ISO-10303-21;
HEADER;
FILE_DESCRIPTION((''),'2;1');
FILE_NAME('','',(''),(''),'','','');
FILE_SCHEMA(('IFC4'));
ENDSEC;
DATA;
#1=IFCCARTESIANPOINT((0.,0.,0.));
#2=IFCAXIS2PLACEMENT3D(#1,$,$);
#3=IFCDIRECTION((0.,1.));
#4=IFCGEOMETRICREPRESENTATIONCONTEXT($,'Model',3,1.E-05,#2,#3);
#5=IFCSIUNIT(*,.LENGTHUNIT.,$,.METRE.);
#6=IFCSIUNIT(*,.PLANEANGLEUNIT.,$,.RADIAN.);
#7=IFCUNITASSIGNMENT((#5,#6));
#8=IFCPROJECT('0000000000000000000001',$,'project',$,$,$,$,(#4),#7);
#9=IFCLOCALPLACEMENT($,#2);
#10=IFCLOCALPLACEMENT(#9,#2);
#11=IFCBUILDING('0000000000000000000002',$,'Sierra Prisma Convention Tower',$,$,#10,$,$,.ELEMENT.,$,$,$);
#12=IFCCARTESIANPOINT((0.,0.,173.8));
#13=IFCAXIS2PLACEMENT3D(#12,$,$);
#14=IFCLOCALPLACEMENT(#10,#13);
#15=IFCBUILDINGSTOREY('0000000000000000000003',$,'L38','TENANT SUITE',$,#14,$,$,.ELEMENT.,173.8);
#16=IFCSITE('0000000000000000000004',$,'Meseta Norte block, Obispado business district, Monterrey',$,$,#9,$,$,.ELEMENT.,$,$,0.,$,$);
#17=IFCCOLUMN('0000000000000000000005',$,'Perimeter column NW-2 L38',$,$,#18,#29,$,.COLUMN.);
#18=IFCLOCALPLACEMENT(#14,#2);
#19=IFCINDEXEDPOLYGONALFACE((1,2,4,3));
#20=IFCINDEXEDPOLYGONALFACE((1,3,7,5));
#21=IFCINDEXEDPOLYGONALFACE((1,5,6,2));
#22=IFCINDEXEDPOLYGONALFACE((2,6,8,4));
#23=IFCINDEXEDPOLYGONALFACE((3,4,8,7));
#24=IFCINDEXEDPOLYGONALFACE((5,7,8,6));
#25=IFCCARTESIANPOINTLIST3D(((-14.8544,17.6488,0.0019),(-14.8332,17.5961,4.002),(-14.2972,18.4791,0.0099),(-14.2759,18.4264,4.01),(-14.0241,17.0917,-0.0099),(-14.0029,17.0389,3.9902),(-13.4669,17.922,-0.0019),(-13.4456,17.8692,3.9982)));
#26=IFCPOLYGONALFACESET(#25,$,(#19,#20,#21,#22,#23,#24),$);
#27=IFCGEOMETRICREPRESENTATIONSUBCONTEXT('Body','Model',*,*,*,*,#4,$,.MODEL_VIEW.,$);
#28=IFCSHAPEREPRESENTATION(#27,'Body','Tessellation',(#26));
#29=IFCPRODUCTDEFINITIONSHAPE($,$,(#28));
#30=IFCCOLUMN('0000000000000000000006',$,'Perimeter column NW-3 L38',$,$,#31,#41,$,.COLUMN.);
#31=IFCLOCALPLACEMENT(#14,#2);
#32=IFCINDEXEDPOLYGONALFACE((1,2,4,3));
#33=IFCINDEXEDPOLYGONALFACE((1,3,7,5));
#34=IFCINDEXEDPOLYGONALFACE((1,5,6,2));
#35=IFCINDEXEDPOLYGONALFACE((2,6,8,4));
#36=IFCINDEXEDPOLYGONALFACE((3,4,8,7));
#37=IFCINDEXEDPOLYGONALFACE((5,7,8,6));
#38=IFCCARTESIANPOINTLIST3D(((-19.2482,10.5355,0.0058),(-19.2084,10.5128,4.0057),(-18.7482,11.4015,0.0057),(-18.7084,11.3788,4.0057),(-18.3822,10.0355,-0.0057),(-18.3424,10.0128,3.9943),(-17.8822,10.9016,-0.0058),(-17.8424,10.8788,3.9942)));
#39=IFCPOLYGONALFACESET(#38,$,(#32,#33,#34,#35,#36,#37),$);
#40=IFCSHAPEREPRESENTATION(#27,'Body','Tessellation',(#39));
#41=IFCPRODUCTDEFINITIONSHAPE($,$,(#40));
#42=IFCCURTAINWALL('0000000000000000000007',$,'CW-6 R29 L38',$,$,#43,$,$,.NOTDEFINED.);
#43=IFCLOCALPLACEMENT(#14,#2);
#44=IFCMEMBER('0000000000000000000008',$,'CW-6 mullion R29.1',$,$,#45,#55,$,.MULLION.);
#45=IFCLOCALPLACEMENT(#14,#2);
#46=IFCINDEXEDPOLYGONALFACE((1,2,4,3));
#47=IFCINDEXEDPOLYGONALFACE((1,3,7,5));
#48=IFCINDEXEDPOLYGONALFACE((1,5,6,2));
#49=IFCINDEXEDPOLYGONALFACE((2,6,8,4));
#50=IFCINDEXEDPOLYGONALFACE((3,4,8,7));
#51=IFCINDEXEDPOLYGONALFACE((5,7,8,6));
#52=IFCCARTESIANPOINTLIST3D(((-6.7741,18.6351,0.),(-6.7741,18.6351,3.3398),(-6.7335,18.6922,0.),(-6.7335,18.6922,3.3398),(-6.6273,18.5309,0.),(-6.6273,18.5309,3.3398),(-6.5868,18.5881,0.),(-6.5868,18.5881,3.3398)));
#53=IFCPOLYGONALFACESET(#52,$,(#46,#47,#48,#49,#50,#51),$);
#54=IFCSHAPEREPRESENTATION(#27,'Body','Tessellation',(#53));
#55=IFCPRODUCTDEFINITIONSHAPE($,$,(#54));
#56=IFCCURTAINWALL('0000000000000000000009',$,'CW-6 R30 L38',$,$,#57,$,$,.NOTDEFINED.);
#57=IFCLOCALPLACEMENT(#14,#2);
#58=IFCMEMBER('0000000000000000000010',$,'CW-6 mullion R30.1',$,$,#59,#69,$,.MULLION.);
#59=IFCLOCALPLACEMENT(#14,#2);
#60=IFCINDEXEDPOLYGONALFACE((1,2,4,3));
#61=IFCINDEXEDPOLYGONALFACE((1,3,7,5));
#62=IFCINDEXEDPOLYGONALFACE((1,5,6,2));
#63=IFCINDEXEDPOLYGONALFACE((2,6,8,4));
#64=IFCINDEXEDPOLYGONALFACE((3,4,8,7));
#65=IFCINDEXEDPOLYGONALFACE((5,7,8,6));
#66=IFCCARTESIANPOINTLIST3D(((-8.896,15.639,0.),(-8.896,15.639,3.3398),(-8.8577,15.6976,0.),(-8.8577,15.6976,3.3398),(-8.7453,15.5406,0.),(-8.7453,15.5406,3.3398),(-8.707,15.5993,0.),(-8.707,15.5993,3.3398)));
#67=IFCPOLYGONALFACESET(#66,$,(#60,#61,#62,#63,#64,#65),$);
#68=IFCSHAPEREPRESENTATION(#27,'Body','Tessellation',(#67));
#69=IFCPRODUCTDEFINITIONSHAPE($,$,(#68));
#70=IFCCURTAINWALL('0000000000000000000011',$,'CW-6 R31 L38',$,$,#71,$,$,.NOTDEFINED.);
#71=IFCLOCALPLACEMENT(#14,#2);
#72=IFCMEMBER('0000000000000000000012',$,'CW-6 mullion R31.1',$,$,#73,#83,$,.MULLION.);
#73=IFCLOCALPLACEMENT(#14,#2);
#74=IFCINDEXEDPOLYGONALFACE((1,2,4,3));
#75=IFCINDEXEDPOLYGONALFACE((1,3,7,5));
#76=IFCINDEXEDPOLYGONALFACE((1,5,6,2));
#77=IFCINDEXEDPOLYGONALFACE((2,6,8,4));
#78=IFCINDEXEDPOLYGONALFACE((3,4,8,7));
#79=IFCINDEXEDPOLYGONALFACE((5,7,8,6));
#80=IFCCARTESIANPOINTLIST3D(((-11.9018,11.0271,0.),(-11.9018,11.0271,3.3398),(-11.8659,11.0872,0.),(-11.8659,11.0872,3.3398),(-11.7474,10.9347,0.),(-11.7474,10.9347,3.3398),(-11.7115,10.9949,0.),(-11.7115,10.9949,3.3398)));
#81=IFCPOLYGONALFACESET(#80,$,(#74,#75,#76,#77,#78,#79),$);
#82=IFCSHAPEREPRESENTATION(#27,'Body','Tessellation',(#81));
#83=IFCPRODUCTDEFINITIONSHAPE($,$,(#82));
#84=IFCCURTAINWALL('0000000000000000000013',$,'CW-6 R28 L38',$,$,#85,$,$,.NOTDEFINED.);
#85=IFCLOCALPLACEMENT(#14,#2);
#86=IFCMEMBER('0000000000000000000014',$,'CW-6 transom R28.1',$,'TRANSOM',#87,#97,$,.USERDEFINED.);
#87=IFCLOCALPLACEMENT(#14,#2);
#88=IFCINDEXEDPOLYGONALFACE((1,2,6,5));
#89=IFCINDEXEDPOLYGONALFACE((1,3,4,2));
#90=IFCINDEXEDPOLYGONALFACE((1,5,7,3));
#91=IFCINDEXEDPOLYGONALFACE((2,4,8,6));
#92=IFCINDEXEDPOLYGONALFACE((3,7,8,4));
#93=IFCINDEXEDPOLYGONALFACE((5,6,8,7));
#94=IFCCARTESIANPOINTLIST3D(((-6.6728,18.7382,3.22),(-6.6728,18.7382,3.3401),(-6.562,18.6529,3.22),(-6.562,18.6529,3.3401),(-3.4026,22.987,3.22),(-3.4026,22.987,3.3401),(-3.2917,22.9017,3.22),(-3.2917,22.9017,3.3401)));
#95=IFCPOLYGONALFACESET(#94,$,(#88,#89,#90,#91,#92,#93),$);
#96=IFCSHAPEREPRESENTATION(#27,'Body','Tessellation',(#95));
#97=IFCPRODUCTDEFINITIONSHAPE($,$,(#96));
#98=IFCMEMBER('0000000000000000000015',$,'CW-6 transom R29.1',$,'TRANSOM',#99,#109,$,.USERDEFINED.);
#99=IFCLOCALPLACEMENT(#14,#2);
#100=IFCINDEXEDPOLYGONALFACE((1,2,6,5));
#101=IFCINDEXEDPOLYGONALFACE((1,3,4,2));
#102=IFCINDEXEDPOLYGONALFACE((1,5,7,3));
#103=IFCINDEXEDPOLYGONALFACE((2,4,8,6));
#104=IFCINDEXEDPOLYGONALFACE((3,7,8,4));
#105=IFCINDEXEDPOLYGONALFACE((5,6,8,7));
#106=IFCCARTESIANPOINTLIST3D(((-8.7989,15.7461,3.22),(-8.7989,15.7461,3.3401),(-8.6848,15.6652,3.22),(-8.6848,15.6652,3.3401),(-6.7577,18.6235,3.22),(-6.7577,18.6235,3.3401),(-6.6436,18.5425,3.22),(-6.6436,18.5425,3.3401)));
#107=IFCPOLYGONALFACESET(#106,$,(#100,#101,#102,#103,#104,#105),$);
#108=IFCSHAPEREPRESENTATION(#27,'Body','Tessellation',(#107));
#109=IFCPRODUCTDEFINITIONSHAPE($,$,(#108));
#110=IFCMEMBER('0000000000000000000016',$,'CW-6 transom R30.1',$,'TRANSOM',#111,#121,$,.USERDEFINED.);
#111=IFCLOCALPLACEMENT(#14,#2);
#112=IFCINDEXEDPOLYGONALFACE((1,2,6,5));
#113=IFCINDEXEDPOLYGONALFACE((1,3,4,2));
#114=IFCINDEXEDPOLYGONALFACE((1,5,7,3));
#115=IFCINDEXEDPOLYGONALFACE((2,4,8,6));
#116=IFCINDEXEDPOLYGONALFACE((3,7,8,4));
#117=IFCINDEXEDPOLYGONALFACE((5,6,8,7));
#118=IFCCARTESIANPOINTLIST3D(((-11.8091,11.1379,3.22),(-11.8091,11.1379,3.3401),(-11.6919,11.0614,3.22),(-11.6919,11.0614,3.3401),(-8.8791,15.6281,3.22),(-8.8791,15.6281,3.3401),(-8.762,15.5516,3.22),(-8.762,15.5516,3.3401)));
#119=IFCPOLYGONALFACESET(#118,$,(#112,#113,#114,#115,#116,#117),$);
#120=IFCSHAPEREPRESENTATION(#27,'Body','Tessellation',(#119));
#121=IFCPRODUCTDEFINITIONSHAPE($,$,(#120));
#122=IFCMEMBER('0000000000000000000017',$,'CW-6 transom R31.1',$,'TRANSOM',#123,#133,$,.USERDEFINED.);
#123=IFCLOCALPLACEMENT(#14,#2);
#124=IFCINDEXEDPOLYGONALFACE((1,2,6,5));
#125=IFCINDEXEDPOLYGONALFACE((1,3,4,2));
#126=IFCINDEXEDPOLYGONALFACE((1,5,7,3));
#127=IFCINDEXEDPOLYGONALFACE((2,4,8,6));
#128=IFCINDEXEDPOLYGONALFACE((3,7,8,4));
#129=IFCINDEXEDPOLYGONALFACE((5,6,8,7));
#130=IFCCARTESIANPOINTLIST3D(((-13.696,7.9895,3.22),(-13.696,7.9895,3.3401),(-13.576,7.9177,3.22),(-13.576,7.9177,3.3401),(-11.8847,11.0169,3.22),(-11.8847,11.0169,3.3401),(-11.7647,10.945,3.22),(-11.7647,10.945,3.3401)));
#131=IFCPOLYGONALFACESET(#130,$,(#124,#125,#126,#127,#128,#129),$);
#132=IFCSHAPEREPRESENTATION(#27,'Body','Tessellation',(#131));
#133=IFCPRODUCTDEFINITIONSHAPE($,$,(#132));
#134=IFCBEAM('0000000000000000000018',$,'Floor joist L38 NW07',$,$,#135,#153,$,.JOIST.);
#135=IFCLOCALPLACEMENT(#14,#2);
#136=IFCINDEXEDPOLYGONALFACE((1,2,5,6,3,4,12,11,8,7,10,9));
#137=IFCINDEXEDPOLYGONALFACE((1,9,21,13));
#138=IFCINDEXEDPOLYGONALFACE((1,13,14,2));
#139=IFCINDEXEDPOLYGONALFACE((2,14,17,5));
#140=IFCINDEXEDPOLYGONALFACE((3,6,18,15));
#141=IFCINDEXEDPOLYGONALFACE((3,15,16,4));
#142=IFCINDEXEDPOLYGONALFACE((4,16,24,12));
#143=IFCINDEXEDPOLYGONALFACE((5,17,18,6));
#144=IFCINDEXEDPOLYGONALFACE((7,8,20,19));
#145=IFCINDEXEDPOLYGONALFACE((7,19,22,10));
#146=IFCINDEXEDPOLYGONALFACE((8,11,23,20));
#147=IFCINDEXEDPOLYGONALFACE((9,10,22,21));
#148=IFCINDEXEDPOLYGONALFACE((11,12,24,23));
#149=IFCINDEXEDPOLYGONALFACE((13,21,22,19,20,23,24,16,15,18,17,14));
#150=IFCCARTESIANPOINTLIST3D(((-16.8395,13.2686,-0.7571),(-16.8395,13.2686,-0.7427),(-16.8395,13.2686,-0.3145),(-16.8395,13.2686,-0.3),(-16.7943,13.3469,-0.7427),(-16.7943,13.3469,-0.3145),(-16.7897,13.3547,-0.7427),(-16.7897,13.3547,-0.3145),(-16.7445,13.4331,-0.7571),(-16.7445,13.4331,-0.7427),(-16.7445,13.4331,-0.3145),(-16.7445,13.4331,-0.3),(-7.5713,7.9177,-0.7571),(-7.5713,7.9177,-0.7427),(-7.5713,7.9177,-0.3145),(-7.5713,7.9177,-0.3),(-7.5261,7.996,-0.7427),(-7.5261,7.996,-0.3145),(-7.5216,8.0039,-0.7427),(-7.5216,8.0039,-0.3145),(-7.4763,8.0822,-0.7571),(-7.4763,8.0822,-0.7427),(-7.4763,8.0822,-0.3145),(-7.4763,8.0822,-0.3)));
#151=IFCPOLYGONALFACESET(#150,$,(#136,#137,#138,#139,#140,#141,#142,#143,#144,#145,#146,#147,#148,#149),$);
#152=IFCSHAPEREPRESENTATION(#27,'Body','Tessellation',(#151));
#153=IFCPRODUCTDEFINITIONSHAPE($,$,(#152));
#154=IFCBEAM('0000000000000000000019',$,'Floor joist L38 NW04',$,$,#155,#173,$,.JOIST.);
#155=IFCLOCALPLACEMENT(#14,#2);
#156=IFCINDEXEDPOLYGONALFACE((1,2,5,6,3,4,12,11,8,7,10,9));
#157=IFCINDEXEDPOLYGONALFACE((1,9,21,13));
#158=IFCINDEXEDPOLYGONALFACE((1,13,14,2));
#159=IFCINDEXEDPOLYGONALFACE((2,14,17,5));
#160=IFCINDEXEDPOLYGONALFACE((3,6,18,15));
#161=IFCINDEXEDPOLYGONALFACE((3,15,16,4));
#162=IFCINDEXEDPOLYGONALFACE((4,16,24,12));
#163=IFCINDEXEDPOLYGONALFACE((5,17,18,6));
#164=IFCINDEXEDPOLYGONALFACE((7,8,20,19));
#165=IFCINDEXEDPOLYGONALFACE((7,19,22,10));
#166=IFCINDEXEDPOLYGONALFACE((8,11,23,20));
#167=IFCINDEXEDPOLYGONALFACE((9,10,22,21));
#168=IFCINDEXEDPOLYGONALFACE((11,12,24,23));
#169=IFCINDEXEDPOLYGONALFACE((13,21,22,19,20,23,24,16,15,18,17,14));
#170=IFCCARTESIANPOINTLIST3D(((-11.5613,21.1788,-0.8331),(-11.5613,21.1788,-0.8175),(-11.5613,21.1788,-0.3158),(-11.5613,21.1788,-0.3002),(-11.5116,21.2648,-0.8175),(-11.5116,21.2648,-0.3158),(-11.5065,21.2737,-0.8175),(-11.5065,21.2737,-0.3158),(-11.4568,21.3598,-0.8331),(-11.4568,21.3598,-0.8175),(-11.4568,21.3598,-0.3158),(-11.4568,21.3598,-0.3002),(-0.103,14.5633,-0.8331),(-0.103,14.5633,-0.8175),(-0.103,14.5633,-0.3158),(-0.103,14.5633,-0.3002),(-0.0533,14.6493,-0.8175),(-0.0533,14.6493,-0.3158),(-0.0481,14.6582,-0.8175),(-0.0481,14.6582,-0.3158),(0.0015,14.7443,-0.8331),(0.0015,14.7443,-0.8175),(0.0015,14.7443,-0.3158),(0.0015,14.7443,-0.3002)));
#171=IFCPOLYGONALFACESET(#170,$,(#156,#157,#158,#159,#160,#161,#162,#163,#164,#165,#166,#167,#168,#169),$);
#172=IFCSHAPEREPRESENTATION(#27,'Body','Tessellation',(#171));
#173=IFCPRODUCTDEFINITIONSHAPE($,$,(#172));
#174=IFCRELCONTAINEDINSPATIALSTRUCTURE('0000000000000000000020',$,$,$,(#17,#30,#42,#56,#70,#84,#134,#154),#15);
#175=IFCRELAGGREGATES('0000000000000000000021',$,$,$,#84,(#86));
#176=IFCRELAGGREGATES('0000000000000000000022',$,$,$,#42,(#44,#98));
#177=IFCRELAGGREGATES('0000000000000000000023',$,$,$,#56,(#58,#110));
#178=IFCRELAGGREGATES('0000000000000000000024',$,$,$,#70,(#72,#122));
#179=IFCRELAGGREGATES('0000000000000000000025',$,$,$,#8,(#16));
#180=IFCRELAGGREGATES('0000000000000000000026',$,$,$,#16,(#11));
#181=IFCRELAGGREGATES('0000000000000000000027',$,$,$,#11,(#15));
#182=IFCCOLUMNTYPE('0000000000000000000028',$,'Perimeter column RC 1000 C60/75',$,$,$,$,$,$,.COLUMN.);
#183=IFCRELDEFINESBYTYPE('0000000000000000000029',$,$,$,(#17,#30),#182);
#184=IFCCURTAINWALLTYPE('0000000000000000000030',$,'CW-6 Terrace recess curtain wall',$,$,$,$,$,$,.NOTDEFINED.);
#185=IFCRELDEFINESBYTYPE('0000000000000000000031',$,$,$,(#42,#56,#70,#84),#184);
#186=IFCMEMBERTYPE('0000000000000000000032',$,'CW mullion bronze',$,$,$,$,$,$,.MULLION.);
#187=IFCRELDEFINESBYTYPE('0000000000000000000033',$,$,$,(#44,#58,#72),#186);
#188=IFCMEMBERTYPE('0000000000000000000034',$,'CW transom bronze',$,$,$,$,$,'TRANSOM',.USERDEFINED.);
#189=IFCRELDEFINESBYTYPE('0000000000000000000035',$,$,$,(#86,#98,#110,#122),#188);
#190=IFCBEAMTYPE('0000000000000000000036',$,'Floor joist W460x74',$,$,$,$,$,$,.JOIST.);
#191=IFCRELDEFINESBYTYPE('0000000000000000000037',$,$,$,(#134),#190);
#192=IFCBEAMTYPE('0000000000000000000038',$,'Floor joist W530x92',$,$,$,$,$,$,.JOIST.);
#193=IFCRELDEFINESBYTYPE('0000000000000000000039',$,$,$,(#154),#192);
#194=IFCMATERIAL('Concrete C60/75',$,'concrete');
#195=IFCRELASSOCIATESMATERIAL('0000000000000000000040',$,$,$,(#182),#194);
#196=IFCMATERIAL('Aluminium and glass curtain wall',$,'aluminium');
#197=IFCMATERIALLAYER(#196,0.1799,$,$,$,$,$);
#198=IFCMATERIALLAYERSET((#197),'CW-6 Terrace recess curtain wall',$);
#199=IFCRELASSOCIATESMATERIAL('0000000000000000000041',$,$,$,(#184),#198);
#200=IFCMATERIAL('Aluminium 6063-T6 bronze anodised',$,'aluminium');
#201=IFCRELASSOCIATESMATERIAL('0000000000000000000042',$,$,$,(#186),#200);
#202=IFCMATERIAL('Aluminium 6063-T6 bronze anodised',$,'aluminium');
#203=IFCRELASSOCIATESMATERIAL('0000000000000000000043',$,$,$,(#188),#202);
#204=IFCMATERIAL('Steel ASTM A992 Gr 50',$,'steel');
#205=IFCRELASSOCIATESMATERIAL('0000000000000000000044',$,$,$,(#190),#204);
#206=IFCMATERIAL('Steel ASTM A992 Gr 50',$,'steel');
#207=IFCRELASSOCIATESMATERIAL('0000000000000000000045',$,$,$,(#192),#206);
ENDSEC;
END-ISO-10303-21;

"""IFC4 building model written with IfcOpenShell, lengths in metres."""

from ifc_helpers import new_model, si_unit, direction, frame, origin, origin_2d, place, context, subcontext, project, spatial, rectangle, i_section, extrude, material, layer, layer_set, material_profile, profile_set, type_object, element, aggregate, save


model = new_model("IFC4")

# Units and contexts
model_context = context("Model", 3, precision=1e-05, world=origin(), true_north=direction((0.0, 1.0)))
body_context = subcontext(model_context, "Body", "Model", "MODEL_VIEW")
ifc_project = project(units=[si_unit("LENGTHUNIT", "METRE"), si_unit("PLANEANGLEUNIT", "RADIAN")], contexts=[model_context])

# Site, building, storey
site_placement = place(None, origin())
site = spatial("IfcSite", under=ifc_project, at=site_placement, Name="Meseta Norte block, Obispado business district, Monterrey", CompositionType="ELEMENT", RefElevation=0.0)
building_placement = place(site_placement, origin())
building = spatial("IfcBuilding", under=site, at=building_placement, Name="Sierra Prisma Convention Tower", CompositionType="ELEMENT")
storey_placement = place(building_placement, frame((0.0, 0.0, 173.8)))
storey = spatial("IfcBuildingStorey", under=building, at=storey_placement, Name="L38", Description="TENANT SUITE", CompositionType="ELEMENT", Elevation=173.8)

# Columns
ifc_material_1 = material(Name="Concrete C60/75", Category="concrete")
ifc_material_profile_1 = material_profile(ifc_material_1, rectangle(XDim=1.0, YDim=1.0, at=origin_2d()), Name="Perimeter column RC 1000 C60/75")
ifc_profile_set_1 = profile_set([ifc_material_profile_1], Name="Concrete C60/75")
column_type = type_object("IfcColumnType", Name="Perimeter column RC 1000 C60/75", PredefinedType="COLUMN", material=ifc_profile_set_1)
column_1_placement = place(storey_placement, frame((-14.1606, 17.7854, 0.0), z_axis=(0.00531, -0.013182, 0.999899), x_axis=(0.557261, 0.830299, 0.007987)))
element("IfcColumn", 1, at=column_1_placement, inside=storey, type_object=column_type, Name="Perimeter column NW-2 L38", PredefinedType="COLUMN", context=body_context, shape_type="SweptSolid", body=[
    extrude(rectangle(XDim=1.0, YDim=1.0, at=origin_2d()), origin(), (0.0, 0.0, 1.0), 4.0005),
])
column_2_placement = place(storey_placement, frame((-18.5652, 10.7185, 0.0), z_axis=(0.009948, -0.005676, 0.999934), x_axis=(0.499975, 0.86604, -0.000058)))
element("IfcColumn", 2, at=column_2_placement, inside=storey, type_object=column_type, Name="Perimeter column NW-3 L38", PredefinedType="COLUMN", context=body_context, shape_type="SweptSolid", body=[
    extrude(rectangle(XDim=1.0, YDim=1.0, at=origin_2d()), origin(), (0.0, 0.0, 1.0), 4.0002),
])

# Curtain walls, members
ifc_material_2 = material(Name="Aluminium and glass curtain wall", Category="aluminium")
ifc_layer_1 = layer(ifc_material_2, 0.1799)
ifc_layer_set_1 = layer_set([ifc_layer_1], Name="CW-6 Terrace recess curtain wall")
curtain_wall_type = type_object("IfcCurtainWallType", Name="CW-6 Terrace recess curtain wall", PredefinedType="NOTDEFINED", material=ifc_layer_set_1)
curtain_wall_1_placement = place(storey_placement, origin())
curtain_wall_1 = element("IfcCurtainWall", 3, at=curtain_wall_1_placement, inside=storey, type_object=curtain_wall_type, Name="CW-6 R29 L38", PredefinedType="NOTDEFINED")
ifc_material_3 = material(Name="Aluminium 6063-T6 bronze anodised", Category="aluminium")
ifc_material_profile_2 = material_profile(ifc_material_3, rectangle(XDim=0.1799, YDim=0.0701, at=origin_2d()), Name="ALU MULLION 70x180")
ifc_profile_set_2 = profile_set([ifc_material_profile_2], Name="Aluminium 6063-T6 bronze anodised")
member_type_1 = type_object("IfcMemberType", Name="CW mullion bronze", PredefinedType="MULLION", material=ifc_profile_set_2)
member_1_placement = place(storey_placement, frame((-6.6804, 18.6116, 0.0), z_axis=(0.0, 0.0, 1.0), x_axis=(0.815589, -0.578632, 0.0)))
member_1 = element("IfcMember", 4, at=member_1_placement, type_object=member_type_1, Name="CW-6 mullion R29.1", PredefinedType="MULLION", context=body_context, shape_type="SweptSolid", body=[
    extrude(rectangle(XDim=0.1799, YDim=0.0701, at=origin_2d()), origin(), (0.0, 0.0, 1.0), 3.3398),
])
curtain_wall_2_placement = place(storey_placement, origin())
curtain_wall_2 = element("IfcCurtainWall", 5, at=curtain_wall_2_placement, inside=storey, type_object=curtain_wall_type, Name="CW-6 R30 L38", PredefinedType="NOTDEFINED")
member_2_placement = place(storey_placement, frame((-8.8015, 15.6191, 0.0), z_axis=(0.0, 0.0, 1.0), x_axis=(0.837496, -0.546444, 0.0)))
member_2 = element("IfcMember", 6, at=member_2_placement, type_object=member_type_1, Name="CW-6 mullion R30.1", PredefinedType="MULLION", context=body_context, shape_type="SweptSolid", body=[
    extrude(rectangle(XDim=0.1799, YDim=0.0701, at=origin_2d()), origin(), (0.0, 0.0, 1.0), 3.3398),
])
curtain_wall_3_placement = place(storey_placement, origin())
curtain_wall_3 = element("IfcCurtainWall", 7, at=curtain_wall_3_placement, inside=storey, type_object=curtain_wall_type, Name="CW-6 R31 L38", PredefinedType="NOTDEFINED")
member_3_placement = place(storey_placement, frame((-11.8066, 11.011, 0.0), z_axis=(0.0, 0.0, 1.0), x_axis=(0.858133, -0.513427, 0.0)))
member_3 = element("IfcMember", 8, at=member_3_placement, type_object=member_type_1, Name="CW-6 mullion R31.1", PredefinedType="MULLION", context=body_context, shape_type="SweptSolid", body=[
    extrude(rectangle(XDim=0.1799, YDim=0.0701, at=origin_2d()), origin(), (0.0, 0.0, 1.0), 3.3398),
])
curtain_wall_4_placement = place(storey_placement, origin())
curtain_wall_4 = element("IfcCurtainWall", 9, at=curtain_wall_4_placement, inside=storey, type_object=curtain_wall_type, Name="CW-6 R28 L38", PredefinedType="NOTDEFINED")
ifc_material_4 = material(Name="Aluminium 6063-T6 bronze anodised", Category="aluminium")
ifc_material_profile_3 = material_profile(ifc_material_4, rectangle(XDim=0.1399, YDim=0.1201, at=origin_2d()), Name="ALU TRANSOM 120x140")
ifc_profile_set_3 = profile_set([ifc_material_profile_3], Name="Aluminium 6063-T6 bronze anodised")
member_type_2 = type_object("IfcMemberType", Name="CW transom bronze", ElementType="TRANSOM", PredefinedType="USERDEFINED", material=ifc_profile_set_3)
member_4_placement = place(storey_placement, frame((-3.3472, 22.9443, 3.28), z_axis=(-0.609942, -0.792446, 0.0), x_axis=(0.792446, -0.609942, 0.0)))
member_4 = element("IfcMember", 10, at=member_4_placement, type_object=member_type_2, Name="CW-6 transom R28.1", ObjectType="TRANSOM", PredefinedType="USERDEFINED", context=body_context, shape_type="SweptSolid", body=[
    extrude(rectangle(XDim=0.1399, YDim=0.1201, at=origin_2d()), origin(), (0.0, 0.0, 1.0), 5.3616),
])

# Members
member_5_placement = place(storey_placement, frame((-6.7007, 18.583, 3.28), z_axis=(-0.578597, -0.815614, 0.0), x_axis=(0.815614, -0.578597, 0.0)))
member_5 = element("IfcMember", 11, at=member_5_placement, type_object=member_type_2, Name="CW-6 transom R29.1", ObjectType="TRANSOM", PredefinedType="USERDEFINED", context=body_context, shape_type="SweptSolid", body=[
    extrude(rectangle(XDim=0.1399, YDim=0.1201, at=origin_2d()), origin(), (0.0, 0.0, 1.0), 3.5278),
])
member_6_placement = place(storey_placement, frame((-8.8206, 15.5898, 3.28), z_axis=(-0.546466, -0.837481, 0.0), x_axis=(0.837481, -0.546466, 0.0)))
member_6 = element("IfcMember", 12, at=member_6_placement, type_object=member_type_2, Name="CW-6 transom R30.1", ObjectType="TRANSOM", PredefinedType="USERDEFINED", context=body_context, shape_type="SweptSolid", body=[
    extrude(rectangle(XDim=0.1399, YDim=0.1201, at=origin_2d()), origin(), (0.0, 0.0, 1.0), 5.3616),
])
member_7_placement = place(storey_placement, frame((-11.8247, 10.981, 3.28), z_axis=(-0.513427, -0.858133, 0.0), x_axis=(0.858133, -0.513427, 0.0)))
member_7 = element("IfcMember", 13, at=member_7_placement, type_object=member_type_2, Name="CW-6 transom R31.1", ObjectType="TRANSOM", PredefinedType="USERDEFINED", context=body_context, shape_type="SweptSolid", body=[
    extrude(rectangle(XDim=0.1399, YDim=0.1201, at=origin_2d()), origin(), (0.0, 0.0, 1.0), 3.5278),
])

# Beams
ifc_material_5 = material(Name="Steel ASTM A992 Gr 50", Category="steel")
ifc_material_profile_4 = material_profile(ifc_material_5, i_section(OverallWidth=0.1899, OverallDepth=0.457, WebThickness=0.009, FlangeThickness=0.0144, at=origin_2d()), Name="W460x74")
ifc_profile_set_4 = profile_set([ifc_material_profile_4], Name="Steel ASTM A992 Gr 50")
beam_type_1 = type_object("IfcBeamType", Name="Floor joist W460x74", PredefinedType="JOIST", material=ifc_profile_set_4)
beam_1_placement = place(storey_placement, frame((-16.792, 13.3508, -0.5286), z_axis=(0.866029, -0.499994, 0.0), x_axis=(0.499994, 0.866029, 0.0)))
element("IfcBeam", 14, at=beam_1_placement, inside=storey, type_object=beam_type_1, Name="Floor joist L38 NW07", PredefinedType="JOIST", context=body_context, shape_type="SweptSolid", body=[
    extrude(i_section(OverallWidth=0.1899, OverallDepth=0.457, WebThickness=0.009, FlangeThickness=0.0144, at=origin_2d()), origin(), (0.0, 0.0, 1.0), 10.7019),
])
ifc_material_6 = material(Name="Steel ASTM A992 Gr 50", Category="steel")
ifc_material_profile_5 = material_profile(ifc_material_6, i_section(OverallWidth=0.209, OverallDepth=0.533, WebThickness=0.0103, FlangeThickness=0.0156, at=origin_2d()), Name="W530x92")
ifc_profile_set_5 = profile_set([ifc_material_profile_5], Name="Steel ASTM A992 Gr 50")
beam_type_2 = type_object("IfcBeamType", Name="Floor joist W530x92", PredefinedType="JOIST", material=ifc_profile_set_5)
beam_2_placement = place(storey_placement, frame((-11.509, 21.2693, -0.5667), z_axis=(0.866024, -0.500003, 0.0), x_axis=(0.500003, 0.866024, 0.0)))
element("IfcBeam", 15, at=beam_2_placement, inside=storey, type_object=beam_type_2, Name="Floor joist L38 NW04", PredefinedType="JOIST", context=body_context, shape_type="SweptSolid", body=[
    extrude(i_section(OverallWidth=0.209, OverallDepth=0.533, WebThickness=0.0103, FlangeThickness=0.0156, at=origin_2d()), origin(), (0.0, 0.0, 1.0), 13.231),
])

aggregate(curtain_wall_4, [member_4])
aggregate(curtain_wall_1, [member_1, member_5])
aggregate(curtain_wall_2, [member_2, member_6])
aggregate(curtain_wall_3, [member_3, member_7])

save(model, "model.ifc")
